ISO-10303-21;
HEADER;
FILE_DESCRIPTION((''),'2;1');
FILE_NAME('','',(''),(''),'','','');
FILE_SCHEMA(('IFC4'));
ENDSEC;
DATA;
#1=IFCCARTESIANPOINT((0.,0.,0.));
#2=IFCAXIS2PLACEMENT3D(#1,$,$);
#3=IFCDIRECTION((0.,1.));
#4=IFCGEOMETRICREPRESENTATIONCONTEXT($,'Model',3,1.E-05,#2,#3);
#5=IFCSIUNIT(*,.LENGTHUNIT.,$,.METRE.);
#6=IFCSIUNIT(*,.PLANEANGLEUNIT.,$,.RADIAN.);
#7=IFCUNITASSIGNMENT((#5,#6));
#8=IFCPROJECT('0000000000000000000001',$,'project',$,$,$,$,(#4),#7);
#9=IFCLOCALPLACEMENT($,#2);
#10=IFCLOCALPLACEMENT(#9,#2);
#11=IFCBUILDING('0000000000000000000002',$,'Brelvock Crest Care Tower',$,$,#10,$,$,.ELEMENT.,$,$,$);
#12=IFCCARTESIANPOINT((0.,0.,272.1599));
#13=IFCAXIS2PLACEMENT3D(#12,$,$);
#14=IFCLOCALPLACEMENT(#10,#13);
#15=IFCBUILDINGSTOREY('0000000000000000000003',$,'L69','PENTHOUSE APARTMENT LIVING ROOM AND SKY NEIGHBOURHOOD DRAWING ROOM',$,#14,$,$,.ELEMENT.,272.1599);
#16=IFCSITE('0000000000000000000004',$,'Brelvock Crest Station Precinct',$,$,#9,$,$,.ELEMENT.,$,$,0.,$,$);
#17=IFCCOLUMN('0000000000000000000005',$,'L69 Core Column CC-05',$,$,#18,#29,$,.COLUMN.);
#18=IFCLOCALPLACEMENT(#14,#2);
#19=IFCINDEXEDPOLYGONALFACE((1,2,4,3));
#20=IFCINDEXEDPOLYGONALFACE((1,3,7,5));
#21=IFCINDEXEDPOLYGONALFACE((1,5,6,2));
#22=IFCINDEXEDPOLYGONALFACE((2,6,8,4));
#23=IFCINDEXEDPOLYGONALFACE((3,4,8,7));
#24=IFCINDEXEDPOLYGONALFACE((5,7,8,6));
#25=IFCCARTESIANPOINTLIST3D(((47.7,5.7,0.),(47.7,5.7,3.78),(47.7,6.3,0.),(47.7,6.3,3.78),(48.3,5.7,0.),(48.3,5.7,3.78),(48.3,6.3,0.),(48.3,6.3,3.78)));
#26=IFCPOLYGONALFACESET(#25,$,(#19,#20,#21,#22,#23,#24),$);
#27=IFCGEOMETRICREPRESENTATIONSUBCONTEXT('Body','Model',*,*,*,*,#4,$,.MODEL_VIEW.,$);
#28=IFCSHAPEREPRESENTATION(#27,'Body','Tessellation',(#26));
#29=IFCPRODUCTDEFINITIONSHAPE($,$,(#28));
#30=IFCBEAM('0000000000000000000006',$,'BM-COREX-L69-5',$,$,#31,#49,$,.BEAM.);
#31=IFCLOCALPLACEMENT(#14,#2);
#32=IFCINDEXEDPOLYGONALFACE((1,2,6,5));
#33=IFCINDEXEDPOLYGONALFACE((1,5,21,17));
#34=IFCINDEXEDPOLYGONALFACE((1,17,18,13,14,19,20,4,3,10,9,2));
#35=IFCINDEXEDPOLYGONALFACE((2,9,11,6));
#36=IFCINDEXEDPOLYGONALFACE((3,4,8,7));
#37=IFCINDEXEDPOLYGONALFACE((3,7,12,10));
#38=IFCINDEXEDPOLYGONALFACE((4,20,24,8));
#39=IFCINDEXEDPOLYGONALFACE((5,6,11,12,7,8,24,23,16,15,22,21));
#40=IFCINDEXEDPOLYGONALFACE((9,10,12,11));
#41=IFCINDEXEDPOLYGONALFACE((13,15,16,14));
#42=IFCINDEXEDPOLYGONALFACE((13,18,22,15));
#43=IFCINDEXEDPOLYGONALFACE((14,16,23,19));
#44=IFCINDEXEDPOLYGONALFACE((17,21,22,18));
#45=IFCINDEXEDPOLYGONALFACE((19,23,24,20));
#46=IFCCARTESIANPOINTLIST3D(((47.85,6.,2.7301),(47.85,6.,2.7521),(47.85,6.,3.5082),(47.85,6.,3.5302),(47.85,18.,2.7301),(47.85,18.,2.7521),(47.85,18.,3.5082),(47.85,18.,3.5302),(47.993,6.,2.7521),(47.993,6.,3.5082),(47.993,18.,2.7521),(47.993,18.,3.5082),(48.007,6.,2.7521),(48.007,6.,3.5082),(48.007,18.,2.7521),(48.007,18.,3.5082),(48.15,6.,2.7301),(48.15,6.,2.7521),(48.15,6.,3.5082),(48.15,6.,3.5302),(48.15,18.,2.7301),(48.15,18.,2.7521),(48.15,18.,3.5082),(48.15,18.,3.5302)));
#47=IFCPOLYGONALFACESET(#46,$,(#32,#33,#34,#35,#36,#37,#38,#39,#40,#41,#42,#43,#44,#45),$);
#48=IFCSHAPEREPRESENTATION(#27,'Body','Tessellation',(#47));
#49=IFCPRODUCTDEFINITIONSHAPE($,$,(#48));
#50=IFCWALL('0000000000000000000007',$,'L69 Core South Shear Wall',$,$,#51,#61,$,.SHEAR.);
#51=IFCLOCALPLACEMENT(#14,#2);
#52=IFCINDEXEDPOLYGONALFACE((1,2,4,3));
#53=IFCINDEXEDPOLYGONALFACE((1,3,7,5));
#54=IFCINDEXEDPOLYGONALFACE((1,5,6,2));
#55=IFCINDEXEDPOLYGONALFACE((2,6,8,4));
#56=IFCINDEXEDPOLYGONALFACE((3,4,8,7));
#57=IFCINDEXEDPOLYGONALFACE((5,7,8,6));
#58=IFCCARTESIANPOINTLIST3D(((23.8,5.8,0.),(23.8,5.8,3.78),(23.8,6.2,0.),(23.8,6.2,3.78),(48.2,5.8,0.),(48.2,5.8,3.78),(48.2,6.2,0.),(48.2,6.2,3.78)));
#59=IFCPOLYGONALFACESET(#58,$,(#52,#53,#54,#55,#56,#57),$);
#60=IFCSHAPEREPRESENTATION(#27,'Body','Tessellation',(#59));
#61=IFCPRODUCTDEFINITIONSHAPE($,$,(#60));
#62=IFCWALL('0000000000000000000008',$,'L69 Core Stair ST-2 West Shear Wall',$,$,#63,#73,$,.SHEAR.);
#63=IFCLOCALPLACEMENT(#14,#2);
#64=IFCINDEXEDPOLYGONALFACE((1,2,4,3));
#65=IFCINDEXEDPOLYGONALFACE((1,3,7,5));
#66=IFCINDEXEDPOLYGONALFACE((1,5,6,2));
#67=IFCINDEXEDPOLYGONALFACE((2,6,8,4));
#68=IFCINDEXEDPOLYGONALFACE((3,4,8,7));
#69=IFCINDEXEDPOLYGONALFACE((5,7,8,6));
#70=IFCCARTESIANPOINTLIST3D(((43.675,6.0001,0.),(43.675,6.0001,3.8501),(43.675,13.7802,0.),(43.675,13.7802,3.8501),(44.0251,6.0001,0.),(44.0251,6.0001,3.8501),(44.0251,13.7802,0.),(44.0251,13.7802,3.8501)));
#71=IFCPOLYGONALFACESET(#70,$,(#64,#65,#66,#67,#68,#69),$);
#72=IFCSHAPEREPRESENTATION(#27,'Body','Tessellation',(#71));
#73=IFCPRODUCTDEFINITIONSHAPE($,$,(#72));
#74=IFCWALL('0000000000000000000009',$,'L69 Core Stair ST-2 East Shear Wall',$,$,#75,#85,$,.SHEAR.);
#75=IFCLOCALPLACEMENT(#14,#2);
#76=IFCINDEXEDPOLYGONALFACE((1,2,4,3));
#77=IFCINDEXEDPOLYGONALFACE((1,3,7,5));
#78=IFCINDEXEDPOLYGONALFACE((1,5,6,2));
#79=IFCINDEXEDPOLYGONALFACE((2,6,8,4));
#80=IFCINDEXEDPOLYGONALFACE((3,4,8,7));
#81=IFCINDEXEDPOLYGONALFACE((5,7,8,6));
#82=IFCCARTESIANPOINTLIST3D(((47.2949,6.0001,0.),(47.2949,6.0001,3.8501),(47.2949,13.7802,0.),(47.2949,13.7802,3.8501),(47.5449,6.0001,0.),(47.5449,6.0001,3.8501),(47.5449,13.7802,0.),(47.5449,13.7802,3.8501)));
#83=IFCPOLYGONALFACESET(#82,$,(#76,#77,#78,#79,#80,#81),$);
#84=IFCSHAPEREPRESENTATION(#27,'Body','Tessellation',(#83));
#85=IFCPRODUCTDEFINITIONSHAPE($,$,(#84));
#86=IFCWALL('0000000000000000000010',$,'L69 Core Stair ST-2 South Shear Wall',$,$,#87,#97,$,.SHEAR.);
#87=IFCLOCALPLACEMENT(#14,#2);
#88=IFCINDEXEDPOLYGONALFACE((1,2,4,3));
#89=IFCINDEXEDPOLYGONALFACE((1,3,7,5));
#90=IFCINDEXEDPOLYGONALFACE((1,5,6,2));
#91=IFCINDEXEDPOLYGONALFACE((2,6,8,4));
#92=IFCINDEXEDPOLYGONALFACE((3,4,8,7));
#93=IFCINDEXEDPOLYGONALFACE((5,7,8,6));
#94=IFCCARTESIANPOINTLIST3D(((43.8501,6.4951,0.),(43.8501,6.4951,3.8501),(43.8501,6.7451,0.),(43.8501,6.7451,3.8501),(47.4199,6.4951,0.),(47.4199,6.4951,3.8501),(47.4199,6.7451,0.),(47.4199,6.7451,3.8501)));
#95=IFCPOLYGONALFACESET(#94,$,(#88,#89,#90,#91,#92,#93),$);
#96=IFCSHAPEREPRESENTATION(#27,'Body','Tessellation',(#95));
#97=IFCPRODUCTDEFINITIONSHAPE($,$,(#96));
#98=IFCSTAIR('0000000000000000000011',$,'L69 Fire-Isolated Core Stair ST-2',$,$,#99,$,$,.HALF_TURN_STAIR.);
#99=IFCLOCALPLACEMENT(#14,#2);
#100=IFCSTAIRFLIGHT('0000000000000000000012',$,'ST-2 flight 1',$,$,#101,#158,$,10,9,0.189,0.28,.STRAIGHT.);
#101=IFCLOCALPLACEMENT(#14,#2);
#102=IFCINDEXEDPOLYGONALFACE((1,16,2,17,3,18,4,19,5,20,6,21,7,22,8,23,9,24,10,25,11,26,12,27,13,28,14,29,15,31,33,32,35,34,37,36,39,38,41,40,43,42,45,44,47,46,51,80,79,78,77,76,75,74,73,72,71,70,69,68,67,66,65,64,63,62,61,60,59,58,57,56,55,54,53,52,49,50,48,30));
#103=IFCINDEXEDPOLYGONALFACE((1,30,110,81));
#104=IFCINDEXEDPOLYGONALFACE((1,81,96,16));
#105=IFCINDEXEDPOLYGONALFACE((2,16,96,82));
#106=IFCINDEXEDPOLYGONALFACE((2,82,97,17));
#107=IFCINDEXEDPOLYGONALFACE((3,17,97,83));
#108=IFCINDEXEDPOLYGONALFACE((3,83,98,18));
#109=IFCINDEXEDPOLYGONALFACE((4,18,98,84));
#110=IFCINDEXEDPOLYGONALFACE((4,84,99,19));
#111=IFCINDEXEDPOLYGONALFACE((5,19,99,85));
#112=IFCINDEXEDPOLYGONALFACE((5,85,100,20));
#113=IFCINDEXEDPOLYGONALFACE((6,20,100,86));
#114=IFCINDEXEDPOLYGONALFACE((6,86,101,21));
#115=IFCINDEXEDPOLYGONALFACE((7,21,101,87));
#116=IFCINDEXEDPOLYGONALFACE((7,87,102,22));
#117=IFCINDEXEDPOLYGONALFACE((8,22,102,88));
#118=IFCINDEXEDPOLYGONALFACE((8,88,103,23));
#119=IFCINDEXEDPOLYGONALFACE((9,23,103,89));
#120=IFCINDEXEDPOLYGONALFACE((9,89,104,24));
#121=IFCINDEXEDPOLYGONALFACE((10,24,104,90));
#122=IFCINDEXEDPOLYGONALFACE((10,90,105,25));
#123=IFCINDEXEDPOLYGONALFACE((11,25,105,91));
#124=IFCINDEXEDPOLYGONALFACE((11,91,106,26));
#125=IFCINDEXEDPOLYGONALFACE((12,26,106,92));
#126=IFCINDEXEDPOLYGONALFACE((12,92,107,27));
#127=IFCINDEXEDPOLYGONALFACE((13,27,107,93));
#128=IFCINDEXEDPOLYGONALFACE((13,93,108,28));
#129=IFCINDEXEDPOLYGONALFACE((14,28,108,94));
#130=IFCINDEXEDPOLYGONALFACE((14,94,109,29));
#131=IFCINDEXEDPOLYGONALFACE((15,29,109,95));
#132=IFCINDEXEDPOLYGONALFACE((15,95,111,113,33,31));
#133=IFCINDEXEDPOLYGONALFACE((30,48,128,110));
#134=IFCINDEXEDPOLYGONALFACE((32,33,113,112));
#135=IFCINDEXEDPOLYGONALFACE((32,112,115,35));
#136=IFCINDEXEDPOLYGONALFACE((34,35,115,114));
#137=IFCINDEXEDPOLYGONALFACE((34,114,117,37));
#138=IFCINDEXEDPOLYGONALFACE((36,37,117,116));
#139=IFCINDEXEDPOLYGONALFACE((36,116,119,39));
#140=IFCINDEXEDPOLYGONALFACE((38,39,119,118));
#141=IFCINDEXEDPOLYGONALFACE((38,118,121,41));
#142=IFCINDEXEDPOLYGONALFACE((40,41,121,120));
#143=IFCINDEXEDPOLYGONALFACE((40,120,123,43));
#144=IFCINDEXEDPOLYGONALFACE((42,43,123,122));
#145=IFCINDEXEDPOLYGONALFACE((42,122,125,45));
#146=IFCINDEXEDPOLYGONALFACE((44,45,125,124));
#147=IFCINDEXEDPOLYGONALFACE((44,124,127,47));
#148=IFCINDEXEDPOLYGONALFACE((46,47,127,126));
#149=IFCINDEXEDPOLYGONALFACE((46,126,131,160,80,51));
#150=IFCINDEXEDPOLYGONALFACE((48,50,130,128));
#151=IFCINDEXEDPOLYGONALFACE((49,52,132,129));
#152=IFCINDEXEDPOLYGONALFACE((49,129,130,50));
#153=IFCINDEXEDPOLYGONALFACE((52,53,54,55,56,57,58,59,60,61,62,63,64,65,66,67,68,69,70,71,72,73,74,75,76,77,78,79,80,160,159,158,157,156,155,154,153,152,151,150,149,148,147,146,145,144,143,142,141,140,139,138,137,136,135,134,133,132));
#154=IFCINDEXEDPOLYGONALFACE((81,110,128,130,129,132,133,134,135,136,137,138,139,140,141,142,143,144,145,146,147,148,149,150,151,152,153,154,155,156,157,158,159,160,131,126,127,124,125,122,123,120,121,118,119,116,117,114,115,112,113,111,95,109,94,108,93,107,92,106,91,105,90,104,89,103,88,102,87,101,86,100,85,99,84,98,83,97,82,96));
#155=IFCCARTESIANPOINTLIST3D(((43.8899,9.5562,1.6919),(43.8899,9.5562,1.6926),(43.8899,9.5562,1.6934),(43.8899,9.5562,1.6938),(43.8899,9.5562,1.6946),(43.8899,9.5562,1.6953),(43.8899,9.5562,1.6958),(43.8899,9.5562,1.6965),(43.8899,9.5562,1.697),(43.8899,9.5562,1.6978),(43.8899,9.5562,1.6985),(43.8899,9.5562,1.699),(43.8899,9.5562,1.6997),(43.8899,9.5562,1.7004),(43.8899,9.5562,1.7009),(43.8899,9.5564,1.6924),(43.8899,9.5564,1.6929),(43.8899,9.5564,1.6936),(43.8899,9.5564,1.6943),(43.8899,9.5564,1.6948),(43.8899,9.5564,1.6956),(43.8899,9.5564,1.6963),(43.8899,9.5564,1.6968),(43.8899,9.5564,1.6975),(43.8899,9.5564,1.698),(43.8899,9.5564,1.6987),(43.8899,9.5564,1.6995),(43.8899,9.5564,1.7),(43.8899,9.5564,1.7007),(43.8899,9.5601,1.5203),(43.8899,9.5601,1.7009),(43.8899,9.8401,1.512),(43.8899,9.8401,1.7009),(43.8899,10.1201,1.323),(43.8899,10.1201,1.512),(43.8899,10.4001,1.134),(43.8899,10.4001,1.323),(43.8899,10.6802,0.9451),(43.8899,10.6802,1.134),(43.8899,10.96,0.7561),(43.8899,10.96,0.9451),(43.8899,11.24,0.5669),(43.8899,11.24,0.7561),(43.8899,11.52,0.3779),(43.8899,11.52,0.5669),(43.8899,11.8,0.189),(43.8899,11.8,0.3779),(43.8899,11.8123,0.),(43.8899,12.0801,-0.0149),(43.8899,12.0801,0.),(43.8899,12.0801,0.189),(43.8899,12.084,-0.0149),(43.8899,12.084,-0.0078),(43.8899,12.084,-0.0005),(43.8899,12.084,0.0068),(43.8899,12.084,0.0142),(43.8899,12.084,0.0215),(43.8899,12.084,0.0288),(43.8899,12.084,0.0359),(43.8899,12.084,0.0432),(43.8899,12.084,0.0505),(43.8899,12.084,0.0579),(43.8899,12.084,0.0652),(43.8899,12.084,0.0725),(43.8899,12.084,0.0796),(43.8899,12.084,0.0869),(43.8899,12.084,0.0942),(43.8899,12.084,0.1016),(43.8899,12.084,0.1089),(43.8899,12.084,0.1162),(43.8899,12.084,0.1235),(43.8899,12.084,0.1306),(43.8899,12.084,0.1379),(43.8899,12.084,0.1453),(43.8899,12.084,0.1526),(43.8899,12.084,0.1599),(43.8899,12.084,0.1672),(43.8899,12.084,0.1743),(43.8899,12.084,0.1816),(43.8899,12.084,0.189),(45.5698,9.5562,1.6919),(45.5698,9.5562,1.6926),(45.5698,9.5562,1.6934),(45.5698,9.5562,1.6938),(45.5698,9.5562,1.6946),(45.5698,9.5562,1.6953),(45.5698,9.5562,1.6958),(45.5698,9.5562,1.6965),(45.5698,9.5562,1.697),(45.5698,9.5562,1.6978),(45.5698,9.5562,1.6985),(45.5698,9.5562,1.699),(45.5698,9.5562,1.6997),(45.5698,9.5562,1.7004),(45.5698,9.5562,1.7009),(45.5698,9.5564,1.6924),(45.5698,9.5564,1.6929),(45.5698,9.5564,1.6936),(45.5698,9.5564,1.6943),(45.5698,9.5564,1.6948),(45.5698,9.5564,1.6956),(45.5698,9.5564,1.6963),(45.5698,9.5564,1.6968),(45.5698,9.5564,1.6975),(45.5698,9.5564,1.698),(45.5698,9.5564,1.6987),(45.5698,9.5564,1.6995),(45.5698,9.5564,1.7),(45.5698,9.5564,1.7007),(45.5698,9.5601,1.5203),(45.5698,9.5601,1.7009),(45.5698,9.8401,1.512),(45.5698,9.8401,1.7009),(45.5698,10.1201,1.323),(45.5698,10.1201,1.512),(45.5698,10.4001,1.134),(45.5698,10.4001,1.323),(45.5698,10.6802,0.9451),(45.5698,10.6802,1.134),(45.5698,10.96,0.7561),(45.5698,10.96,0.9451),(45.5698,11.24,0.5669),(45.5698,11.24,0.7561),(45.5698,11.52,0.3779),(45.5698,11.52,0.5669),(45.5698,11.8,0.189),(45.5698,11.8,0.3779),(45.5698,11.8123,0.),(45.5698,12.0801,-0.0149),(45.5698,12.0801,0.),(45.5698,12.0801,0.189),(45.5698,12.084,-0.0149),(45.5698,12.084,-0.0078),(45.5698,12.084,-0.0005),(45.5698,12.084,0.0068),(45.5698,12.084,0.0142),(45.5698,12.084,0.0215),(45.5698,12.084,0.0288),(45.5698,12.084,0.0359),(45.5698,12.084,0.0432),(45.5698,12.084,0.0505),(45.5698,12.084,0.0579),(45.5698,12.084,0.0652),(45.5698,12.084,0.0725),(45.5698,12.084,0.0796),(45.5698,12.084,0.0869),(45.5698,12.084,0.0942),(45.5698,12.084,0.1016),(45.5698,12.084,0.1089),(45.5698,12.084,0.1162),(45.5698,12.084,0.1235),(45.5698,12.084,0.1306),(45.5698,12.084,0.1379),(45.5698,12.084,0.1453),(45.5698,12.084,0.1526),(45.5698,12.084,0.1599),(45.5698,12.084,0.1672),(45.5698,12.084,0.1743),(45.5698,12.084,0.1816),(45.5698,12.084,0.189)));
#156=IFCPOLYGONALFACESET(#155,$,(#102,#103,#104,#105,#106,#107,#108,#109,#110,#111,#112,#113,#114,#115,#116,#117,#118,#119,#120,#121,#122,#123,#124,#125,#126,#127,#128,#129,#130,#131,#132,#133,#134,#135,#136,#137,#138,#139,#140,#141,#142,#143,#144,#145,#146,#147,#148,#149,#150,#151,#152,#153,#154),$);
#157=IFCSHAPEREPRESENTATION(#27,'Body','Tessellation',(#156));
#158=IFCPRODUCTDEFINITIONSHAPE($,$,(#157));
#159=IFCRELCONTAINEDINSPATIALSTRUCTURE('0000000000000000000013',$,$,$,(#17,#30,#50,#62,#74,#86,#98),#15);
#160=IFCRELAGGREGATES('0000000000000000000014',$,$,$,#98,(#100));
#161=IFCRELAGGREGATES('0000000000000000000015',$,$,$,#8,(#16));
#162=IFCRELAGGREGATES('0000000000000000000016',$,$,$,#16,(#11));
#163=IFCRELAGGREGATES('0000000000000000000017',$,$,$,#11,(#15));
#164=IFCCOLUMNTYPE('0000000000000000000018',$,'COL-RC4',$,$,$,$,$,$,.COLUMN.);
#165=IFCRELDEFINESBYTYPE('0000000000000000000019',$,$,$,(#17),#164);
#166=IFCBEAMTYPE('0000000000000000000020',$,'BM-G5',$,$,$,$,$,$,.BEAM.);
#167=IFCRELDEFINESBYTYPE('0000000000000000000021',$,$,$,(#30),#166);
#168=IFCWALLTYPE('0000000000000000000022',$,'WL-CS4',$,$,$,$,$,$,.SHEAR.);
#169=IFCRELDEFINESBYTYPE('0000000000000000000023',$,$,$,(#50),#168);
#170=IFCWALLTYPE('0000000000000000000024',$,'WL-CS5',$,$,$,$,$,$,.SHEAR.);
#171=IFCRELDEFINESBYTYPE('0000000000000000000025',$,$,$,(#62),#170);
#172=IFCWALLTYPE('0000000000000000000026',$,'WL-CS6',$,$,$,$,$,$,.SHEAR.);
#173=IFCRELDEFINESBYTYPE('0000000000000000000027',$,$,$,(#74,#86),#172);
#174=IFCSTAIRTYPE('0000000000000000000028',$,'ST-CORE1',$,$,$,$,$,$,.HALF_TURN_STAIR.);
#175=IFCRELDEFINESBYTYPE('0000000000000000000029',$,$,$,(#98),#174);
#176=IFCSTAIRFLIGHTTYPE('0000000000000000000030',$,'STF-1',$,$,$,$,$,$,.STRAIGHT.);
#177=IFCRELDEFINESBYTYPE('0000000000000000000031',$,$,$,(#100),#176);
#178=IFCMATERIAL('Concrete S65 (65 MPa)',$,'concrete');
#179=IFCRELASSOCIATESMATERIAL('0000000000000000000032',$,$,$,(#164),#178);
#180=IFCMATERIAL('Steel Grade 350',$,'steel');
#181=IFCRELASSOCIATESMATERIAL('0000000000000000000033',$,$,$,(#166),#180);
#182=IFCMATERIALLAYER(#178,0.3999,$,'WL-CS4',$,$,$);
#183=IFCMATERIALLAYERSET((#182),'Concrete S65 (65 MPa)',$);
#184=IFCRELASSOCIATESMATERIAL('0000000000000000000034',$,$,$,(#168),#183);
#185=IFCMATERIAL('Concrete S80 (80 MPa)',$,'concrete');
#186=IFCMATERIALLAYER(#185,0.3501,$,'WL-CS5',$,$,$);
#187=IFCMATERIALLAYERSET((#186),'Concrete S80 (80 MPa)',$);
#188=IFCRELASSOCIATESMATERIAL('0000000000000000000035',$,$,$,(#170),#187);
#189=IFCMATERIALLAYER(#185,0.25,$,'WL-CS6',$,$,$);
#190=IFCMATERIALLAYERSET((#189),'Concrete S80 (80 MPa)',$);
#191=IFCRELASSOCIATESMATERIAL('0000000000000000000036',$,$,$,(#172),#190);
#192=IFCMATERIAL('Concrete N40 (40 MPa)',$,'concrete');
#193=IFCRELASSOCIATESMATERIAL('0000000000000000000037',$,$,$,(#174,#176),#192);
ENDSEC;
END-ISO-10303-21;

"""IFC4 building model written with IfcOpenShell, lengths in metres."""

from ifc_helpers import new_model, si_unit, direction, frame, frame_2d, origin, origin_2d, place, context, subcontext, project, spatial, polyline, rectangle, i_section, outline, extrude, source, transform, mapped, material, layer, layer_set, material_profile, profile_set, type_object, element, aggregate, save


model = new_model("IFC4")

# Units and contexts
model_context = context("Model", 3, precision=1e-05, world=origin(), true_north=direction((0.0, 1.0)))
body_context = subcontext(model_context, "Body", "Model", "MODEL_VIEW")
ifc_project = project(units=[si_unit("LENGTHUNIT", "METRE"), si_unit("PLANEANGLEUNIT", "RADIAN")], contexts=[model_context])

# Site, building, storey
site_placement = place(None, origin())
site = spatial("IfcSite", under=ifc_project, at=site_placement, Name="Brelvock Crest Station Precinct", CompositionType="ELEMENT", RefElevation=0.0)
building_placement = place(site_placement, origin())
building = spatial("IfcBuilding", under=site, at=building_placement, Name="Brelvock Crest Care Tower", CompositionType="ELEMENT")
storey_placement = place(building_placement, frame((0.0, 0.0, 272.1599)))
storey = spatial("IfcBuildingStorey", under=building, at=storey_placement, Name="L69", Description="PENTHOUSE APARTMENT LIVING ROOM AND SKY NEIGHBOURHOOD DRAWING ROOM", CompositionType="ELEMENT", Elevation=272.1599)

# Column
ifc_material_1 = material(Name="Concrete S65 (65 MPa)", Category="concrete")
ifc_material_profile_1 = material_profile(ifc_material_1, rectangle(XDim=0.6001, YDim=0.6001, at=origin_2d()), Name="RC600x600")
ifc_profile_set_1 = profile_set([ifc_material_profile_1], Name="Concrete S65 (65 MPa)")
column_type = type_object("IfcColumnType", Name="COL-RC4", PredefinedType="COLUMN", material=ifc_profile_set_1)
shared_shape_1 = source(origin(), body_context, "Body", "SweptSolid", [
    extrude(rectangle(XDim=0.6001, YDim=0.6001, at=origin_2d()), origin(), (0.0, 0.0, 1.0), 3.78),
])
column_placement = place(storey_placement, frame((48.0, 6.0, 0.0), z_axis=(0.0, 0.0, 1.0), x_axis=(1.0, 0.0, 0.0)))
element("IfcColumn", 1, at=column_placement, inside=storey, type_object=column_type, Name="L69 Core Column CC-05", PredefinedType="COLUMN", context=body_context, shape_type="MappedRepresentation", body=[
    mapped(shared_shape_1, transform((0.0, 0.0, 0.0), x_axis=(1.0, 0.0, 0.0), y_axis=(0.0, 1.0, 0.0), z_axis=(0.0, 0.0, 1.0), scale=1.0)),
])

# Beam
ifc_material_2 = material(Name="Steel Grade 350", Category="steel")
ifc_material_profile_2 = material_profile(ifc_material_2, i_section(OverallWidth=0.3, OverallDepth=0.8, WebThickness=0.0139, FlangeThickness=0.022, at=origin_2d()), Name="800WB192")
ifc_profile_set_2 = profile_set([ifc_material_profile_2], Name="Steel Grade 350")
beam_type = type_object("IfcBeamType", Name="BM-G5", PredefinedType="BEAM", material=ifc_profile_set_2)
shared_shape_2 = source(origin(), body_context, "Body", "SweptSolid", [
    extrude(i_section(OverallWidth=0.3, OverallDepth=0.8, WebThickness=0.0139, FlangeThickness=0.022, at=origin_2d()), origin(), (0.0, 0.0, 1.0), 12.0),
])
beam_placement = place(storey_placement, frame((48.0, 6.0, 3.1301), z_axis=(0.0, 1.0, 0.0), x_axis=(-1.0, 0.0, 0.0)))
element("IfcBeam", 2, at=beam_placement, inside=storey, type_object=beam_type, Name="BM-COREX-L69-5", PredefinedType="BEAM", context=body_context, shape_type="MappedRepresentation", body=[
    mapped(shared_shape_2, transform((0.0, 0.0, 0.0), x_axis=(1.0, 0.0, 0.0), y_axis=(0.0, 1.0, 0.0), z_axis=(0.0, 0.0, 1.0), scale=1.0)),
])

# Walls
ifc_layer_1 = layer(ifc_material_1, 0.3999, Name="WL-CS4")
ifc_layer_set_1 = layer_set([ifc_layer_1], Name="Concrete S65 (65 MPa)")
wall_type_1 = type_object("IfcWallType", Name="WL-CS4", PredefinedType="SHEAR", material=ifc_layer_set_1)
wall_1_placement = place(storey_placement, frame((48.2, 6.0, 0.0), z_axis=(0.0, 0.0, 1.0), x_axis=(-1.0, 0.0, 0.0)))
element("IfcWall", 3, at=wall_1_placement, inside=storey, type_object=wall_type_1, Name="L69 Core South Shear Wall", PredefinedType="SHEAR", context=body_context, shape_type="SweptSolid", body=[
    extrude(rectangle(XDim=24.3999, YDim=0.3999, at=frame_2d((12.2, 0.0))), origin(), (0.0, 0.0, 1.0), 3.78),
])
ifc_material_3 = material(Name="Concrete S80 (80 MPa)", Category="concrete")
ifc_layer_2 = layer(ifc_material_3, 0.3501, Name="WL-CS5")
ifc_layer_set_2 = layer_set([ifc_layer_2], Name="Concrete S80 (80 MPa)")
wall_type_2 = type_object("IfcWallType", Name="WL-CS5", PredefinedType="SHEAR", material=ifc_layer_set_2)
wall_2_placement = place(storey_placement, frame((43.8501, 6.0, 0.0), z_axis=(0.0, 0.0, 1.0), x_axis=(0.0, 1.0, 0.0)))
element("IfcWall", 4, at=wall_2_placement, inside=storey, type_object=wall_type_2, Name="L69 Core Stair ST-2 West Shear Wall", PredefinedType="SHEAR", context=body_context, shape_type="SweptSolid", body=[
    extrude(rectangle(XDim=7.78, YDim=0.3501, at=frame_2d((3.8901, 0.0))), origin(), (0.0, 0.0, 1.0), 3.8501),
])
ifc_layer_3 = layer(ifc_material_3, 0.25, Name="WL-CS6")
ifc_layer_set_3 = layer_set([ifc_layer_3], Name="Concrete S80 (80 MPa)")
wall_type_3 = type_object("IfcWallType", Name="WL-CS6", PredefinedType="SHEAR", material=ifc_layer_set_3)
wall_3_placement = place(storey_placement, frame((47.4199, 6.0, 0.0), z_axis=(0.0, 0.0, 1.0), x_axis=(0.0, 1.0, 0.0)))
element("IfcWall", 5, at=wall_3_placement, inside=storey, type_object=wall_type_3, Name="L69 Core Stair ST-2 East Shear Wall", PredefinedType="SHEAR", context=body_context, shape_type="SweptSolid", body=[
    extrude(rectangle(XDim=7.78, YDim=0.25, at=frame_2d((3.8901, 0.0))), origin(), (0.0, 0.0, 1.0), 3.8501),
])
wall_4_placement = place(storey_placement, frame((43.8501, 6.6201, 0.0), z_axis=(0.0, 0.0, 1.0), x_axis=(1.0, 0.0, 0.0)))
element("IfcWall", 6, at=wall_4_placement, inside=storey, type_object=wall_type_3, Name="L69 Core Stair ST-2 South Shear Wall", PredefinedType="SHEAR", context=body_context, shape_type="SweptSolid", body=[
    extrude(rectangle(XDim=3.5698, YDim=0.25, at=frame_2d((1.7849, 0.0))), origin(), (0.0, 0.0, 1.0), 3.8501),
])

# Stair, stair flight
ifc_material_4 = material(Name="Concrete N40 (40 MPa)", Category="concrete")
stair_type = type_object("IfcStairType", Name="ST-CORE1", PredefinedType="HALF_TURN_STAIR", material=ifc_material_4)
stair_placement = place(storey_placement, origin())
stair = element("IfcStair", 7, at=stair_placement, inside=storey, type_object=stair_type, Name="L69 Fire-Isolated Core Stair ST-2", PredefinedType="HALF_TURN_STAIR")
stair_flight_type = type_object("IfcStairFlightType", Name="STF-1", PredefinedType="STRAIGHT", material=ifc_material_4)
stair_flight_1_placement = place(storey_placement, frame((44.73, 12.0801, 0.0), z_axis=(0.0, 0.0, 1.0), x_axis=(0.0, -1.0, 0.0)))
stair_flight_1 = element("IfcStairFlight", 8, at=stair_flight_1_placement, type_object=stair_flight_type, Name="ST-2 flight 1", NumberOfRisers=10, NumberOfTreads=9, PredefinedType="STRAIGHT", RiserHeight=0.189, TreadLength=0.28, context=body_context, shape_type="SweptSolid", body=[
    extrude(outline(polyline([(-0.0039, -0.0149), (-0.0039, -0.0078), (-0.0039, -0.0005), (-0.0039, 0.0068), (-0.0039, 0.0142), (-0.0039, 0.0215), (-0.0039, 0.0288), (-0.0039, 0.0359), (-0.0039, 0.0432), (-0.0039, 0.0505), (-0.0039, 0.0579), (-0.0039, 0.0652), (-0.0039, 0.0725), (-0.0039, 0.0796), (-0.0039, 0.0869), (-0.0039, 0.0942), (-0.0039, 0.1016), (-0.0039, 0.1089), (-0.0039, 0.1162), (-0.0039, 0.1235), (-0.0039, 0.1306), (-0.0039, 0.1379), (-0.0039, 0.1453), (-0.0039, 0.1526), (-0.0039, 0.1599), (-0.0039, 0.1672), (-0.0039, 0.1743), (-0.0039, 0.1816), (-0.0039, 0.189), (0.0, 0.189), (0.28, 0.189), (0.28, 0.3779), (0.5601, 0.3779), (0.5601, 0.5669), (0.8401, 0.5669), (0.8401, 0.7561), (1.1201, 0.7561), (1.1201, 0.9451), (1.3999, 0.9451), (1.3999, 1.134), (1.6799, 1.134), (1.6799, 1.323), (1.96, 1.323), (1.96, 1.512), (2.24, 1.512), (2.24, 1.7009), (2.52, 1.7009), (2.5239, 1.7009), (2.5237, 1.7007), (2.5239, 1.7004), (2.5237, 1.7), (2.5239, 1.6997), (2.5237, 1.6995), (2.5239, 1.699), (2.5237, 1.6987), (2.5239, 1.6985), (2.5237, 1.698), (2.5239, 1.6978), (2.5237, 1.6975), (2.5239, 1.697), (2.5237, 1.6968), (2.5239, 1.6965), (2.5237, 1.6963), (2.5239, 1.6958), (2.5237, 1.6956), (2.5239, 1.6953), (2.5237, 1.6948), (2.5239, 1.6946), (2.5237, 1.6943), (2.5239, 1.6938), (2.5237, 1.6936), (2.5239, 1.6934), (2.5237, 1.6929), (2.5239, 1.6926), (2.5237, 1.6924), (2.5239, 1.6919), (2.52, 1.5203), (0.2678, 0.0), (0.0, 0.0), (0.0, -0.0149), (-0.0039, -0.0149)])), frame((0.0, 0.8398, 0.0), z_axis=(0.0, -1.0, 0.0), x_axis=(1.0, 0.0, 0.0)), (0.0, 0.0, 1.0), 1.6799),
])
aggregate(stair, [stair_flight_1])

save(model, "model.ifc")
